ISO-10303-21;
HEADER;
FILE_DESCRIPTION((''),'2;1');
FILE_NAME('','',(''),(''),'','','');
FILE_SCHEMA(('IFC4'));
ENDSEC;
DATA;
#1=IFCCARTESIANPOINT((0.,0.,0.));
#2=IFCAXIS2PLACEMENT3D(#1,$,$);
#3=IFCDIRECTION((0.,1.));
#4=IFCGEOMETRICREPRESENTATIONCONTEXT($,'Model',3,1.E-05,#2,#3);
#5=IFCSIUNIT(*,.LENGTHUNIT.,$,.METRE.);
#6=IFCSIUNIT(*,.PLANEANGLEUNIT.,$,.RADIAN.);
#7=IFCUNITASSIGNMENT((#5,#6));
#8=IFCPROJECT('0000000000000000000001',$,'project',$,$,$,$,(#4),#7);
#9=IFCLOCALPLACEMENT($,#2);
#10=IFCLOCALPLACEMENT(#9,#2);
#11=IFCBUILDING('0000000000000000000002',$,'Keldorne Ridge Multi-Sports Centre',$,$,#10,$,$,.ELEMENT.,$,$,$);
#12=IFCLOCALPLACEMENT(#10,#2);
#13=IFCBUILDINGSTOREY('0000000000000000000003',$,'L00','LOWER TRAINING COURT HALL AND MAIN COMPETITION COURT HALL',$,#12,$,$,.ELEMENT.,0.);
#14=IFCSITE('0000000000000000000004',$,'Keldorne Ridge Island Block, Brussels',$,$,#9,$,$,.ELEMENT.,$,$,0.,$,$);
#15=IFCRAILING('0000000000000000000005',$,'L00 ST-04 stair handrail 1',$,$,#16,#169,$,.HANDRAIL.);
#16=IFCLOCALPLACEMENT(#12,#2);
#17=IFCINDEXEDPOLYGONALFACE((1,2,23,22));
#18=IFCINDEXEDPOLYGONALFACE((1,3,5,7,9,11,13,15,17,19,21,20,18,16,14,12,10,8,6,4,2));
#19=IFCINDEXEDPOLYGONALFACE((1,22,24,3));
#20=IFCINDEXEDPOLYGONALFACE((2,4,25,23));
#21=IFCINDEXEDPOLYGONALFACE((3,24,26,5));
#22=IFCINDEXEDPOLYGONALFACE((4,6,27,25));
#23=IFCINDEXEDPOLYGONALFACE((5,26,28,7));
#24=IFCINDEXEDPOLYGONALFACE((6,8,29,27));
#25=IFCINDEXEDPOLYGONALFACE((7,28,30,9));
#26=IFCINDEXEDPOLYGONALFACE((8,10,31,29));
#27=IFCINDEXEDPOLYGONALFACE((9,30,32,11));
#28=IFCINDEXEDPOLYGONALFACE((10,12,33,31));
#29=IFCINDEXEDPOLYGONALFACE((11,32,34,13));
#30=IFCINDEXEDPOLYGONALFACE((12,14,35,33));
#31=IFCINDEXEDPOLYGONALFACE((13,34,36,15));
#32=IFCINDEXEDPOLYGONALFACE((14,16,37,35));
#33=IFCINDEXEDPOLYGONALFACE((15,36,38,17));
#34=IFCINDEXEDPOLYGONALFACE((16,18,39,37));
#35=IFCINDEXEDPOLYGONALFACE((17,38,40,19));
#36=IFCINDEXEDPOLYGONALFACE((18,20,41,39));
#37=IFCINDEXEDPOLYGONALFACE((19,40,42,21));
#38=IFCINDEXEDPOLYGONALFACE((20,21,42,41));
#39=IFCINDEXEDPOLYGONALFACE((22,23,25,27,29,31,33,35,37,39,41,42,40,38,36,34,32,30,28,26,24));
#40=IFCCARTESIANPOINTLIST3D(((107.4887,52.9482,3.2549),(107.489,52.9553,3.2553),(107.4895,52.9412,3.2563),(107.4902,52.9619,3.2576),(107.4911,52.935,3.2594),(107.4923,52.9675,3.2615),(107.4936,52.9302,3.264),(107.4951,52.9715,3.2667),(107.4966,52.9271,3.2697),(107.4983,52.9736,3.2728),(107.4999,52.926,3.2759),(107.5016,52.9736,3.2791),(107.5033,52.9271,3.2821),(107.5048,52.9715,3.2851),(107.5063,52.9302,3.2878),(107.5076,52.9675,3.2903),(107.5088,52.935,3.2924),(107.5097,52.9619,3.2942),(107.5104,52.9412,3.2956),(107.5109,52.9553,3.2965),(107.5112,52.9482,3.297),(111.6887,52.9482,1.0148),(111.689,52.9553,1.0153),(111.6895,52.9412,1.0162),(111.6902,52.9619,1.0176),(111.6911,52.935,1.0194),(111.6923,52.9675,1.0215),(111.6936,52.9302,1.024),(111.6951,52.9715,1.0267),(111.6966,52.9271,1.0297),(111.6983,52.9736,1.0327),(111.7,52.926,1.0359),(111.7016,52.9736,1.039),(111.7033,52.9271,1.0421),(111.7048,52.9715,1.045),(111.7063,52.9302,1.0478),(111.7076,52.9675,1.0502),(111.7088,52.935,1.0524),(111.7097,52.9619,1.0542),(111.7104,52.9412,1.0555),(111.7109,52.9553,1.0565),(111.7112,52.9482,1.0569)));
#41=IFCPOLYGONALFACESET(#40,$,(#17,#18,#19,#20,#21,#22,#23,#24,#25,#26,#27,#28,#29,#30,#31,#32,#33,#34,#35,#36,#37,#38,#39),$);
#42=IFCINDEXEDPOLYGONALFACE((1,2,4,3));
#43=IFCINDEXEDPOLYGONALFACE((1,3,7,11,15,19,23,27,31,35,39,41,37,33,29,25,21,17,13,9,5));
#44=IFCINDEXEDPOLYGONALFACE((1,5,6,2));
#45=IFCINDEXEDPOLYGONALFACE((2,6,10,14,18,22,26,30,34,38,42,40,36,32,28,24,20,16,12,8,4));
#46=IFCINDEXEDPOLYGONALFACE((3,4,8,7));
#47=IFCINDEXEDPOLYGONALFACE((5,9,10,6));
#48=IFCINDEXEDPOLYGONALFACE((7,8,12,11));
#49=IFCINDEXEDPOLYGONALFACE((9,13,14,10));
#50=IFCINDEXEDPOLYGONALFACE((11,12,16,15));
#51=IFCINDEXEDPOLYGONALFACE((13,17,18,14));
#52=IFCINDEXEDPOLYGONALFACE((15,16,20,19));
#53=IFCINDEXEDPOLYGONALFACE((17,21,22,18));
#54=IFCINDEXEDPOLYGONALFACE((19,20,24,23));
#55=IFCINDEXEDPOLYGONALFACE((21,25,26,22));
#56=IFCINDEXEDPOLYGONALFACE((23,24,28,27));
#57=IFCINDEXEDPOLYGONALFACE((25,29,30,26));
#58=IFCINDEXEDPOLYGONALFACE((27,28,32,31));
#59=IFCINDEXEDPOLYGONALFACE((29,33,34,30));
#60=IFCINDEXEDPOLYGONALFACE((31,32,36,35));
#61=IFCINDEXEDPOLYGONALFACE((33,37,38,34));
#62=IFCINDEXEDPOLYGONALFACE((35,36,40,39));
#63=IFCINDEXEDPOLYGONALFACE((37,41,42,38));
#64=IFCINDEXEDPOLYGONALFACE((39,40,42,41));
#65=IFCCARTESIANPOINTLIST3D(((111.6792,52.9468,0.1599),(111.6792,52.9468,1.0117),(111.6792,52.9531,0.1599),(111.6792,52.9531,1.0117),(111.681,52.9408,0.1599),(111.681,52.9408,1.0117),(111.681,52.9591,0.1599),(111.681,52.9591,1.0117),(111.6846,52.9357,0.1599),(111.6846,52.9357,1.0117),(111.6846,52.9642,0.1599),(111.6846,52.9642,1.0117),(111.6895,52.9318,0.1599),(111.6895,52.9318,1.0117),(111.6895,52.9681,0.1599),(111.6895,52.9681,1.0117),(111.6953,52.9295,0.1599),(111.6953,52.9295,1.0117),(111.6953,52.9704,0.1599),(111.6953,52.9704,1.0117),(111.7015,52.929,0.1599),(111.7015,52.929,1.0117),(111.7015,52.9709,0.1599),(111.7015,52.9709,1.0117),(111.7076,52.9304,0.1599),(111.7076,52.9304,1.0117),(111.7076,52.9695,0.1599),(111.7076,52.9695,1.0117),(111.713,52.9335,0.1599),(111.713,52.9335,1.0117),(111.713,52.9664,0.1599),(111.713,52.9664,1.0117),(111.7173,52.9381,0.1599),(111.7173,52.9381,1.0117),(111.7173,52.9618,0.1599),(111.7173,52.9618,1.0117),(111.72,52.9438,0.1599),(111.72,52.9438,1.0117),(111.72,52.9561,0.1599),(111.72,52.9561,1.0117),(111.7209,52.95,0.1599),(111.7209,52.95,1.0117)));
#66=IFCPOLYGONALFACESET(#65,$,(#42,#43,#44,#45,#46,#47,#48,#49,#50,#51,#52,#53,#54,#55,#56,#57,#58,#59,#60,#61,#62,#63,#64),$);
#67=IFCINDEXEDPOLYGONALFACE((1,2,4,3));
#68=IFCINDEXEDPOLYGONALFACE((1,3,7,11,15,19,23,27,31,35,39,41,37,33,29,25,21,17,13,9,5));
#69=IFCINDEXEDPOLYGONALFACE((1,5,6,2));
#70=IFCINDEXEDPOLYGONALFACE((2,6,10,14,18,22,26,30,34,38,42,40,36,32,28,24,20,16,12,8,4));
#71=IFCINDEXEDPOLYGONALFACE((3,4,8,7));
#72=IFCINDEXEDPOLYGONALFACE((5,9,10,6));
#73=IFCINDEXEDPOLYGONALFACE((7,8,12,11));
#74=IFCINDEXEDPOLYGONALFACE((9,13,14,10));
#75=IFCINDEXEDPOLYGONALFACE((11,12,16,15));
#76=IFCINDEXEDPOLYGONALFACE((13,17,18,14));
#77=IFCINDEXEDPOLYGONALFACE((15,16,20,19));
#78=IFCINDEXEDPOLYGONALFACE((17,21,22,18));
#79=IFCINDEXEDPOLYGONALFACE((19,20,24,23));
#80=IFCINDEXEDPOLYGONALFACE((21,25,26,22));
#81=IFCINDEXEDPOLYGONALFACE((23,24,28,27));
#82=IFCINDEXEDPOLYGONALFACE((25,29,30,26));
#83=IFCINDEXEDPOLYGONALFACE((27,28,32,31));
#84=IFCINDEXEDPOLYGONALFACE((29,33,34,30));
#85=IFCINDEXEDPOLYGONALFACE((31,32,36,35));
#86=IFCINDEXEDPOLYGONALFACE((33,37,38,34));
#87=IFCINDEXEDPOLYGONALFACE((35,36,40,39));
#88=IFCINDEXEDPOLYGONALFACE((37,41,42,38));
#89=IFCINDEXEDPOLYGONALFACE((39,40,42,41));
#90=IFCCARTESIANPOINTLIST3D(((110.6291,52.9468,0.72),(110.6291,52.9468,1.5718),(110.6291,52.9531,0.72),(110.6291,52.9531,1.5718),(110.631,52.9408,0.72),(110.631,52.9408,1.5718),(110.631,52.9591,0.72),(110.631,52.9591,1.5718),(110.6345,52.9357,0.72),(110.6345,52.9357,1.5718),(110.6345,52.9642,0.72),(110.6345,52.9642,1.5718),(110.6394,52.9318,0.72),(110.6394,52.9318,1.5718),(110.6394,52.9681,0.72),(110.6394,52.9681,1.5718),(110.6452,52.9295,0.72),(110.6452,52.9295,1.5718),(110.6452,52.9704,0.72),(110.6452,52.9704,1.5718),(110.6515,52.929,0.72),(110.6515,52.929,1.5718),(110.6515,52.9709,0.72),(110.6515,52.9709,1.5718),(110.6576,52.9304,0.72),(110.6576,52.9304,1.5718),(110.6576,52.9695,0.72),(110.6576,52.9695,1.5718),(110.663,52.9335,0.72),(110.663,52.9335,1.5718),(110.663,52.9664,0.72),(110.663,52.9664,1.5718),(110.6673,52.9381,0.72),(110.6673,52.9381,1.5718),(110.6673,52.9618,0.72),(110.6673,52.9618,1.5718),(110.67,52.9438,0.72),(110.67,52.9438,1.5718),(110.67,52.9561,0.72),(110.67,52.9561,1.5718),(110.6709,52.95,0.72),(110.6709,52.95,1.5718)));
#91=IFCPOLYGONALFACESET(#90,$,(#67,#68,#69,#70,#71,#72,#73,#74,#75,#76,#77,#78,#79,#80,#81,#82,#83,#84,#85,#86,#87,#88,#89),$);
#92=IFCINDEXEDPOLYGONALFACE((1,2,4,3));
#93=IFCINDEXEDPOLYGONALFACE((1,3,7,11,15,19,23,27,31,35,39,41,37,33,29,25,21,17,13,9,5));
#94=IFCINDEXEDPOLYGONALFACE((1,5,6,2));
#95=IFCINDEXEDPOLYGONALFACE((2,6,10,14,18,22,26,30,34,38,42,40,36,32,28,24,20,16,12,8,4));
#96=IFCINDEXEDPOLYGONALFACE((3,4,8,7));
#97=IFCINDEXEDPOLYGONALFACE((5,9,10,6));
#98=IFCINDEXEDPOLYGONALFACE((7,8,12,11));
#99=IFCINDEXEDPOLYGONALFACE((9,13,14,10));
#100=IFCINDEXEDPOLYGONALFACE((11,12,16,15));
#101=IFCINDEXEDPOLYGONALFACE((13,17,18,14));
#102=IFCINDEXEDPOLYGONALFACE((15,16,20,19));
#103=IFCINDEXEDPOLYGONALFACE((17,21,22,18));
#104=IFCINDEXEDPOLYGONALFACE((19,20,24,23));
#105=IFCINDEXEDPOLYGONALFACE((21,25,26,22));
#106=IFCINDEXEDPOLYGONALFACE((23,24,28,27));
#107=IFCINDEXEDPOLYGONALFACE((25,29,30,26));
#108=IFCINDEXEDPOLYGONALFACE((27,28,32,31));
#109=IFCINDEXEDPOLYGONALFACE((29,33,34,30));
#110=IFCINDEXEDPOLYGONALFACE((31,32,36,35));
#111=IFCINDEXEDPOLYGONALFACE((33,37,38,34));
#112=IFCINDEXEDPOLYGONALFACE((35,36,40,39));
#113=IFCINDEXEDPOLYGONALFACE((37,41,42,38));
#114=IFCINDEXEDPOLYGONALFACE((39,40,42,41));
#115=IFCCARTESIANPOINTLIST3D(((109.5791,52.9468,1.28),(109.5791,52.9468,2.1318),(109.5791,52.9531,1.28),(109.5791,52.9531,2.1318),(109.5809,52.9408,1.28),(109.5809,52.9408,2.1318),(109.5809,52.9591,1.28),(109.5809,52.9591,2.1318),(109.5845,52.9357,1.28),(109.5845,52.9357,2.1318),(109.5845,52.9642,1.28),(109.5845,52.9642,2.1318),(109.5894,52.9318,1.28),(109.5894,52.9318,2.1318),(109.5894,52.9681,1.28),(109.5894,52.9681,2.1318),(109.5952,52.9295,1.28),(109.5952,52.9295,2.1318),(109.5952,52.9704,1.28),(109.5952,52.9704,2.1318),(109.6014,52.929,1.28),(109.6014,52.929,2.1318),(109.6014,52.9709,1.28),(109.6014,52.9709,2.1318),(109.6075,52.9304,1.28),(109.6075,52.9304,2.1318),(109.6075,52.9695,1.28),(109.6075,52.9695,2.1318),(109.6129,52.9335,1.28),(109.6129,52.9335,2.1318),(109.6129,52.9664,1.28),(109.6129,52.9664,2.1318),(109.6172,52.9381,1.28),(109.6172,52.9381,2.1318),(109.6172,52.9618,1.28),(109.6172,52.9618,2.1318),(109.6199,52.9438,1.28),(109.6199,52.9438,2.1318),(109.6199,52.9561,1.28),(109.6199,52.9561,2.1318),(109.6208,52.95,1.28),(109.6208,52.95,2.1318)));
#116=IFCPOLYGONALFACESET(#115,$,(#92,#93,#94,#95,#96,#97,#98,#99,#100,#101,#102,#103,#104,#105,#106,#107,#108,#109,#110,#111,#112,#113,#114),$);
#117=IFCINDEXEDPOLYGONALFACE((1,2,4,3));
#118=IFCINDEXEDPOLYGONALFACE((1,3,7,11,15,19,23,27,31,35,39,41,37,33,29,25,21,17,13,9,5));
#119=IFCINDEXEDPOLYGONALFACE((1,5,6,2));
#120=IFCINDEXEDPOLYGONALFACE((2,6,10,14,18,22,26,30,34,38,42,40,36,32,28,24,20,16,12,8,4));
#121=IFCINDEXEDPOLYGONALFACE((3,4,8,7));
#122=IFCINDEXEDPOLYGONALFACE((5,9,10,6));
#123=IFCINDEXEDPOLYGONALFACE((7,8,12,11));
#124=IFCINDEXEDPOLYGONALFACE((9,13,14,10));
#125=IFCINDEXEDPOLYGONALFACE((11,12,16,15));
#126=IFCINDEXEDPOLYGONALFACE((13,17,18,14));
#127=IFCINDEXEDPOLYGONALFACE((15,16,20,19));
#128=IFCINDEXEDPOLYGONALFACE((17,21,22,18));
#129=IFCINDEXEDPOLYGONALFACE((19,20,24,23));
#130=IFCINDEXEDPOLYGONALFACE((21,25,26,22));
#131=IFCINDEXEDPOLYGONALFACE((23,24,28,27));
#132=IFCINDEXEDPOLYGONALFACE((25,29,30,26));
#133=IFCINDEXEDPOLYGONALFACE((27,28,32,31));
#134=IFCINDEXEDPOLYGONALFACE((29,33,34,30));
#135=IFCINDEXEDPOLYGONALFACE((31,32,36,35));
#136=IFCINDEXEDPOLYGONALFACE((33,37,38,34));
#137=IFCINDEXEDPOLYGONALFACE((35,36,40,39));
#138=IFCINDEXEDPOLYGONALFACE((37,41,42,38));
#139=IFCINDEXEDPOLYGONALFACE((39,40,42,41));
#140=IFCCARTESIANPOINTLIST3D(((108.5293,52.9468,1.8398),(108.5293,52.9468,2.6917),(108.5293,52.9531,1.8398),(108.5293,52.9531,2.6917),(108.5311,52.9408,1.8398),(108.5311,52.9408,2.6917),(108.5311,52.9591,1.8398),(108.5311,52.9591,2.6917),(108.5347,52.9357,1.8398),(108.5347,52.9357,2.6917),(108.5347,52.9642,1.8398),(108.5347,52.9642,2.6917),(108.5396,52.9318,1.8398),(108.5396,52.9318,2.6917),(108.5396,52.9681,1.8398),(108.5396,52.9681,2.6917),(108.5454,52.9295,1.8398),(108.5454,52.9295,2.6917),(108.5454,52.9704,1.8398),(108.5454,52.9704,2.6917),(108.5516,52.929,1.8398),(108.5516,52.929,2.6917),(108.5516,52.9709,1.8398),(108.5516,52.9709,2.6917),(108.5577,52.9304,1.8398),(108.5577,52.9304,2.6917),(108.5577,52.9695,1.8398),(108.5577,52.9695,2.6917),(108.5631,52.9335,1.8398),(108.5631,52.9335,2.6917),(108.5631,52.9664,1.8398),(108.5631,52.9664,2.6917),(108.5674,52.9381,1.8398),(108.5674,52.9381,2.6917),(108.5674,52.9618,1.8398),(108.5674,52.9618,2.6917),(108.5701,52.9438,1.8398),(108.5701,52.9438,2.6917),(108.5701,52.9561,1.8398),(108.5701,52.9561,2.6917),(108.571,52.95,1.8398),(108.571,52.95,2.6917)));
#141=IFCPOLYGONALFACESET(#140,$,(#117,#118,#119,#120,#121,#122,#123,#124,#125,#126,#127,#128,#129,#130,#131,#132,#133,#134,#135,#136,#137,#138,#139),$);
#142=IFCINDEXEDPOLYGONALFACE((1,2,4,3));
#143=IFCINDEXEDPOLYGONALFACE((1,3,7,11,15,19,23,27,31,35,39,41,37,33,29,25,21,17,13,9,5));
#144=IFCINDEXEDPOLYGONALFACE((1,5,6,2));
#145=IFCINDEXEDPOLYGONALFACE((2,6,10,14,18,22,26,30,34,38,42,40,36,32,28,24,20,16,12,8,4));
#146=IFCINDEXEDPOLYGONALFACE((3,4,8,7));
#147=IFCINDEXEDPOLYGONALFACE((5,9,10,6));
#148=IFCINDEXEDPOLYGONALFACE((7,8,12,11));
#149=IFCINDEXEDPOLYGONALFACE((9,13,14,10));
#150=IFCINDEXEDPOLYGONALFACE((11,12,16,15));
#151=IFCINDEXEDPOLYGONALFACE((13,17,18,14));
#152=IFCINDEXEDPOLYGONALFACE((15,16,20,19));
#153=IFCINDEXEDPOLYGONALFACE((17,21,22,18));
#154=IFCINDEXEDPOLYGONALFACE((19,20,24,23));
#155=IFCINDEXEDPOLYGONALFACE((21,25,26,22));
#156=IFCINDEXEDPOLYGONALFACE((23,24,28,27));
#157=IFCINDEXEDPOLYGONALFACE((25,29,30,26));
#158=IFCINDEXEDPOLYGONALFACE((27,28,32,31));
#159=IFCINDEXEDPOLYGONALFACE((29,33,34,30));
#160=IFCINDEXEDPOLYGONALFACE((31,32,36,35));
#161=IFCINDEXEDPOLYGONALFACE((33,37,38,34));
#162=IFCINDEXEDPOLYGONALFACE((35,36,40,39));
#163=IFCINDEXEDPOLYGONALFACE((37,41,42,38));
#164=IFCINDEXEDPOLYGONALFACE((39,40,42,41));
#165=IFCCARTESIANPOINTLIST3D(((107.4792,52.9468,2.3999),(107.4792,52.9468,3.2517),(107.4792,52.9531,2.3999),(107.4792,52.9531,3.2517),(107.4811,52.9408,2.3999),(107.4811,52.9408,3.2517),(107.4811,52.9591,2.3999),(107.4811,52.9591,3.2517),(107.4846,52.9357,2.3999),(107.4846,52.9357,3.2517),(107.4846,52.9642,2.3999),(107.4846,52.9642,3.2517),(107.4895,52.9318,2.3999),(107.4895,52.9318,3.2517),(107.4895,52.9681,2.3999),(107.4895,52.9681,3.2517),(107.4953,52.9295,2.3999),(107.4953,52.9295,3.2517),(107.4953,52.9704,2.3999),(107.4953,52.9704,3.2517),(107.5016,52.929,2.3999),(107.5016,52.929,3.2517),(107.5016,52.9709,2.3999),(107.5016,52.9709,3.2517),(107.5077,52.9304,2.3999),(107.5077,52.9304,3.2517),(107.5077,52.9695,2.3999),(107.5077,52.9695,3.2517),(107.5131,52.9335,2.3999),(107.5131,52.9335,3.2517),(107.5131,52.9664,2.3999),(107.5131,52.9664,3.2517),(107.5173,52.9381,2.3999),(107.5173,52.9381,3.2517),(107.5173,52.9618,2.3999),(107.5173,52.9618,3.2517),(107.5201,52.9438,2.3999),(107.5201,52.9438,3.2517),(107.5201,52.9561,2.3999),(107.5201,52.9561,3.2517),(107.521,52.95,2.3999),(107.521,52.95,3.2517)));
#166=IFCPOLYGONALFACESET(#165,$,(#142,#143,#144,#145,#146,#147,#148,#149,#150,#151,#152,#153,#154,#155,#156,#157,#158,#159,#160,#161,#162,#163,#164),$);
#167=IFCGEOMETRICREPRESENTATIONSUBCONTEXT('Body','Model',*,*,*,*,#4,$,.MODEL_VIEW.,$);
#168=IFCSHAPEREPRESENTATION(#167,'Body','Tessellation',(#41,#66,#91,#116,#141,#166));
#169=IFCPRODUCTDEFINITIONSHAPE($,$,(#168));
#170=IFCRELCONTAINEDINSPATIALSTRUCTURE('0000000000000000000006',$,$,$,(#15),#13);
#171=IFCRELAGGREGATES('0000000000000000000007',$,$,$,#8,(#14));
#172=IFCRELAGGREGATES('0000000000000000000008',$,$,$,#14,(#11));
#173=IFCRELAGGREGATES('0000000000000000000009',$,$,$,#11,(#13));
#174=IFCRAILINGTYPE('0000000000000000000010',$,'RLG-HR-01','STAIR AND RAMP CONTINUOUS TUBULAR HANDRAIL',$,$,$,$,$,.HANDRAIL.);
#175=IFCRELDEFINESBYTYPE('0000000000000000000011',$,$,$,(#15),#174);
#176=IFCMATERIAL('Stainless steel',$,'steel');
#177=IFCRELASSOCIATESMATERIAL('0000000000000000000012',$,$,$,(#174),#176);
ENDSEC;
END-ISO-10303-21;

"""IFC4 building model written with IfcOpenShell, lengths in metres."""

from ifc_helpers import new_model, si_unit, direction, frame, origin, origin_2d, place, context, subcontext, project, spatial, circle, extrude, material, type_object, element, save


model = new_model("IFC4")

# Units and contexts
model_context = context("Model", 3, precision=1e-05, world=origin(), true_north=direction((0.0, 1.0)))
body_context = subcontext(model_context, "Body", "Model", "MODEL_VIEW")
ifc_project = project(units=[si_unit("LENGTHUNIT", "METRE"), si_unit("PLANEANGLEUNIT", "RADIAN")], contexts=[model_context])

# Site, building, storey
site_placement = place(None, origin())
site = spatial("IfcSite", under=ifc_project, at=site_placement, Name="Keldorne Ridge Island Block, Brussels", CompositionType="ELEMENT", RefElevation=0.0)
building_placement = place(site_placement, origin())
building = spatial("IfcBuilding", under=site, at=building_placement, Name="Keldorne Ridge Multi-Sports Centre", CompositionType="ELEMENT")
storey_placement = place(building_placement, origin())
storey = spatial("IfcBuildingStorey", under=building, at=storey_placement, Name="L00", Description="LOWER TRAINING COURT HALL AND MAIN COMPETITION COURT HALL", CompositionType="ELEMENT", Elevation=0.0)

# Railing
ifc_material_1 = material(Name="Stainless steel", Category="steel")
railing_type_1 = type_object("IfcRailingType", Name="RLG-HR-01", Description="STAIR AND RAMP CONTINUOUS TUBULAR HANDRAIL", PredefinedType="HANDRAIL", material=ifc_material_1)
railing_1_placement = place(storey_placement, frame((111.7, 52.95, 0.1599)))
element("IfcRailing", 1, at=railing_1_placement, inside=storey, type_object=railing_type_1, Name="L00 ST-04 stair handrail 1", PredefinedType="HANDRAIL", context=body_context, shape_type="SweptSolid", body=[
    extrude(circle(Radius=0.0239, at=origin_2d()), frame((0.0, 0.0, 0.876), z_axis=(-0.882352, 0.0, 0.470591), x_axis=(0.0, -1.0, 0.0)), (0.0, 0.0, 1.0), 4.76),
    extrude(circle(Radius=0.021, at=origin_2d()), origin(), (0.0, 0.0, 1.0), 0.8518),
    extrude(circle(Radius=0.021, at=origin_2d()), frame((-1.05, 0.0, 0.5601)), (0.0, 0.0, 1.0), 0.8518),
    extrude(circle(Radius=0.021, at=origin_2d()), frame((-2.1001, 0.0, 1.1201)), (0.0, 0.0, 1.0), 0.8518),
    extrude(circle(Radius=0.021, at=origin_2d()), frame((-3.1499, 0.0, 1.6799)), (0.0, 0.0, 1.0), 0.8518),
    extrude(circle(Radius=0.021, at=origin_2d()), frame((-4.2, 0.0, 2.24)), (0.0, 0.0, 1.0), 0.8518),
])

save(model, "model.ifc")
